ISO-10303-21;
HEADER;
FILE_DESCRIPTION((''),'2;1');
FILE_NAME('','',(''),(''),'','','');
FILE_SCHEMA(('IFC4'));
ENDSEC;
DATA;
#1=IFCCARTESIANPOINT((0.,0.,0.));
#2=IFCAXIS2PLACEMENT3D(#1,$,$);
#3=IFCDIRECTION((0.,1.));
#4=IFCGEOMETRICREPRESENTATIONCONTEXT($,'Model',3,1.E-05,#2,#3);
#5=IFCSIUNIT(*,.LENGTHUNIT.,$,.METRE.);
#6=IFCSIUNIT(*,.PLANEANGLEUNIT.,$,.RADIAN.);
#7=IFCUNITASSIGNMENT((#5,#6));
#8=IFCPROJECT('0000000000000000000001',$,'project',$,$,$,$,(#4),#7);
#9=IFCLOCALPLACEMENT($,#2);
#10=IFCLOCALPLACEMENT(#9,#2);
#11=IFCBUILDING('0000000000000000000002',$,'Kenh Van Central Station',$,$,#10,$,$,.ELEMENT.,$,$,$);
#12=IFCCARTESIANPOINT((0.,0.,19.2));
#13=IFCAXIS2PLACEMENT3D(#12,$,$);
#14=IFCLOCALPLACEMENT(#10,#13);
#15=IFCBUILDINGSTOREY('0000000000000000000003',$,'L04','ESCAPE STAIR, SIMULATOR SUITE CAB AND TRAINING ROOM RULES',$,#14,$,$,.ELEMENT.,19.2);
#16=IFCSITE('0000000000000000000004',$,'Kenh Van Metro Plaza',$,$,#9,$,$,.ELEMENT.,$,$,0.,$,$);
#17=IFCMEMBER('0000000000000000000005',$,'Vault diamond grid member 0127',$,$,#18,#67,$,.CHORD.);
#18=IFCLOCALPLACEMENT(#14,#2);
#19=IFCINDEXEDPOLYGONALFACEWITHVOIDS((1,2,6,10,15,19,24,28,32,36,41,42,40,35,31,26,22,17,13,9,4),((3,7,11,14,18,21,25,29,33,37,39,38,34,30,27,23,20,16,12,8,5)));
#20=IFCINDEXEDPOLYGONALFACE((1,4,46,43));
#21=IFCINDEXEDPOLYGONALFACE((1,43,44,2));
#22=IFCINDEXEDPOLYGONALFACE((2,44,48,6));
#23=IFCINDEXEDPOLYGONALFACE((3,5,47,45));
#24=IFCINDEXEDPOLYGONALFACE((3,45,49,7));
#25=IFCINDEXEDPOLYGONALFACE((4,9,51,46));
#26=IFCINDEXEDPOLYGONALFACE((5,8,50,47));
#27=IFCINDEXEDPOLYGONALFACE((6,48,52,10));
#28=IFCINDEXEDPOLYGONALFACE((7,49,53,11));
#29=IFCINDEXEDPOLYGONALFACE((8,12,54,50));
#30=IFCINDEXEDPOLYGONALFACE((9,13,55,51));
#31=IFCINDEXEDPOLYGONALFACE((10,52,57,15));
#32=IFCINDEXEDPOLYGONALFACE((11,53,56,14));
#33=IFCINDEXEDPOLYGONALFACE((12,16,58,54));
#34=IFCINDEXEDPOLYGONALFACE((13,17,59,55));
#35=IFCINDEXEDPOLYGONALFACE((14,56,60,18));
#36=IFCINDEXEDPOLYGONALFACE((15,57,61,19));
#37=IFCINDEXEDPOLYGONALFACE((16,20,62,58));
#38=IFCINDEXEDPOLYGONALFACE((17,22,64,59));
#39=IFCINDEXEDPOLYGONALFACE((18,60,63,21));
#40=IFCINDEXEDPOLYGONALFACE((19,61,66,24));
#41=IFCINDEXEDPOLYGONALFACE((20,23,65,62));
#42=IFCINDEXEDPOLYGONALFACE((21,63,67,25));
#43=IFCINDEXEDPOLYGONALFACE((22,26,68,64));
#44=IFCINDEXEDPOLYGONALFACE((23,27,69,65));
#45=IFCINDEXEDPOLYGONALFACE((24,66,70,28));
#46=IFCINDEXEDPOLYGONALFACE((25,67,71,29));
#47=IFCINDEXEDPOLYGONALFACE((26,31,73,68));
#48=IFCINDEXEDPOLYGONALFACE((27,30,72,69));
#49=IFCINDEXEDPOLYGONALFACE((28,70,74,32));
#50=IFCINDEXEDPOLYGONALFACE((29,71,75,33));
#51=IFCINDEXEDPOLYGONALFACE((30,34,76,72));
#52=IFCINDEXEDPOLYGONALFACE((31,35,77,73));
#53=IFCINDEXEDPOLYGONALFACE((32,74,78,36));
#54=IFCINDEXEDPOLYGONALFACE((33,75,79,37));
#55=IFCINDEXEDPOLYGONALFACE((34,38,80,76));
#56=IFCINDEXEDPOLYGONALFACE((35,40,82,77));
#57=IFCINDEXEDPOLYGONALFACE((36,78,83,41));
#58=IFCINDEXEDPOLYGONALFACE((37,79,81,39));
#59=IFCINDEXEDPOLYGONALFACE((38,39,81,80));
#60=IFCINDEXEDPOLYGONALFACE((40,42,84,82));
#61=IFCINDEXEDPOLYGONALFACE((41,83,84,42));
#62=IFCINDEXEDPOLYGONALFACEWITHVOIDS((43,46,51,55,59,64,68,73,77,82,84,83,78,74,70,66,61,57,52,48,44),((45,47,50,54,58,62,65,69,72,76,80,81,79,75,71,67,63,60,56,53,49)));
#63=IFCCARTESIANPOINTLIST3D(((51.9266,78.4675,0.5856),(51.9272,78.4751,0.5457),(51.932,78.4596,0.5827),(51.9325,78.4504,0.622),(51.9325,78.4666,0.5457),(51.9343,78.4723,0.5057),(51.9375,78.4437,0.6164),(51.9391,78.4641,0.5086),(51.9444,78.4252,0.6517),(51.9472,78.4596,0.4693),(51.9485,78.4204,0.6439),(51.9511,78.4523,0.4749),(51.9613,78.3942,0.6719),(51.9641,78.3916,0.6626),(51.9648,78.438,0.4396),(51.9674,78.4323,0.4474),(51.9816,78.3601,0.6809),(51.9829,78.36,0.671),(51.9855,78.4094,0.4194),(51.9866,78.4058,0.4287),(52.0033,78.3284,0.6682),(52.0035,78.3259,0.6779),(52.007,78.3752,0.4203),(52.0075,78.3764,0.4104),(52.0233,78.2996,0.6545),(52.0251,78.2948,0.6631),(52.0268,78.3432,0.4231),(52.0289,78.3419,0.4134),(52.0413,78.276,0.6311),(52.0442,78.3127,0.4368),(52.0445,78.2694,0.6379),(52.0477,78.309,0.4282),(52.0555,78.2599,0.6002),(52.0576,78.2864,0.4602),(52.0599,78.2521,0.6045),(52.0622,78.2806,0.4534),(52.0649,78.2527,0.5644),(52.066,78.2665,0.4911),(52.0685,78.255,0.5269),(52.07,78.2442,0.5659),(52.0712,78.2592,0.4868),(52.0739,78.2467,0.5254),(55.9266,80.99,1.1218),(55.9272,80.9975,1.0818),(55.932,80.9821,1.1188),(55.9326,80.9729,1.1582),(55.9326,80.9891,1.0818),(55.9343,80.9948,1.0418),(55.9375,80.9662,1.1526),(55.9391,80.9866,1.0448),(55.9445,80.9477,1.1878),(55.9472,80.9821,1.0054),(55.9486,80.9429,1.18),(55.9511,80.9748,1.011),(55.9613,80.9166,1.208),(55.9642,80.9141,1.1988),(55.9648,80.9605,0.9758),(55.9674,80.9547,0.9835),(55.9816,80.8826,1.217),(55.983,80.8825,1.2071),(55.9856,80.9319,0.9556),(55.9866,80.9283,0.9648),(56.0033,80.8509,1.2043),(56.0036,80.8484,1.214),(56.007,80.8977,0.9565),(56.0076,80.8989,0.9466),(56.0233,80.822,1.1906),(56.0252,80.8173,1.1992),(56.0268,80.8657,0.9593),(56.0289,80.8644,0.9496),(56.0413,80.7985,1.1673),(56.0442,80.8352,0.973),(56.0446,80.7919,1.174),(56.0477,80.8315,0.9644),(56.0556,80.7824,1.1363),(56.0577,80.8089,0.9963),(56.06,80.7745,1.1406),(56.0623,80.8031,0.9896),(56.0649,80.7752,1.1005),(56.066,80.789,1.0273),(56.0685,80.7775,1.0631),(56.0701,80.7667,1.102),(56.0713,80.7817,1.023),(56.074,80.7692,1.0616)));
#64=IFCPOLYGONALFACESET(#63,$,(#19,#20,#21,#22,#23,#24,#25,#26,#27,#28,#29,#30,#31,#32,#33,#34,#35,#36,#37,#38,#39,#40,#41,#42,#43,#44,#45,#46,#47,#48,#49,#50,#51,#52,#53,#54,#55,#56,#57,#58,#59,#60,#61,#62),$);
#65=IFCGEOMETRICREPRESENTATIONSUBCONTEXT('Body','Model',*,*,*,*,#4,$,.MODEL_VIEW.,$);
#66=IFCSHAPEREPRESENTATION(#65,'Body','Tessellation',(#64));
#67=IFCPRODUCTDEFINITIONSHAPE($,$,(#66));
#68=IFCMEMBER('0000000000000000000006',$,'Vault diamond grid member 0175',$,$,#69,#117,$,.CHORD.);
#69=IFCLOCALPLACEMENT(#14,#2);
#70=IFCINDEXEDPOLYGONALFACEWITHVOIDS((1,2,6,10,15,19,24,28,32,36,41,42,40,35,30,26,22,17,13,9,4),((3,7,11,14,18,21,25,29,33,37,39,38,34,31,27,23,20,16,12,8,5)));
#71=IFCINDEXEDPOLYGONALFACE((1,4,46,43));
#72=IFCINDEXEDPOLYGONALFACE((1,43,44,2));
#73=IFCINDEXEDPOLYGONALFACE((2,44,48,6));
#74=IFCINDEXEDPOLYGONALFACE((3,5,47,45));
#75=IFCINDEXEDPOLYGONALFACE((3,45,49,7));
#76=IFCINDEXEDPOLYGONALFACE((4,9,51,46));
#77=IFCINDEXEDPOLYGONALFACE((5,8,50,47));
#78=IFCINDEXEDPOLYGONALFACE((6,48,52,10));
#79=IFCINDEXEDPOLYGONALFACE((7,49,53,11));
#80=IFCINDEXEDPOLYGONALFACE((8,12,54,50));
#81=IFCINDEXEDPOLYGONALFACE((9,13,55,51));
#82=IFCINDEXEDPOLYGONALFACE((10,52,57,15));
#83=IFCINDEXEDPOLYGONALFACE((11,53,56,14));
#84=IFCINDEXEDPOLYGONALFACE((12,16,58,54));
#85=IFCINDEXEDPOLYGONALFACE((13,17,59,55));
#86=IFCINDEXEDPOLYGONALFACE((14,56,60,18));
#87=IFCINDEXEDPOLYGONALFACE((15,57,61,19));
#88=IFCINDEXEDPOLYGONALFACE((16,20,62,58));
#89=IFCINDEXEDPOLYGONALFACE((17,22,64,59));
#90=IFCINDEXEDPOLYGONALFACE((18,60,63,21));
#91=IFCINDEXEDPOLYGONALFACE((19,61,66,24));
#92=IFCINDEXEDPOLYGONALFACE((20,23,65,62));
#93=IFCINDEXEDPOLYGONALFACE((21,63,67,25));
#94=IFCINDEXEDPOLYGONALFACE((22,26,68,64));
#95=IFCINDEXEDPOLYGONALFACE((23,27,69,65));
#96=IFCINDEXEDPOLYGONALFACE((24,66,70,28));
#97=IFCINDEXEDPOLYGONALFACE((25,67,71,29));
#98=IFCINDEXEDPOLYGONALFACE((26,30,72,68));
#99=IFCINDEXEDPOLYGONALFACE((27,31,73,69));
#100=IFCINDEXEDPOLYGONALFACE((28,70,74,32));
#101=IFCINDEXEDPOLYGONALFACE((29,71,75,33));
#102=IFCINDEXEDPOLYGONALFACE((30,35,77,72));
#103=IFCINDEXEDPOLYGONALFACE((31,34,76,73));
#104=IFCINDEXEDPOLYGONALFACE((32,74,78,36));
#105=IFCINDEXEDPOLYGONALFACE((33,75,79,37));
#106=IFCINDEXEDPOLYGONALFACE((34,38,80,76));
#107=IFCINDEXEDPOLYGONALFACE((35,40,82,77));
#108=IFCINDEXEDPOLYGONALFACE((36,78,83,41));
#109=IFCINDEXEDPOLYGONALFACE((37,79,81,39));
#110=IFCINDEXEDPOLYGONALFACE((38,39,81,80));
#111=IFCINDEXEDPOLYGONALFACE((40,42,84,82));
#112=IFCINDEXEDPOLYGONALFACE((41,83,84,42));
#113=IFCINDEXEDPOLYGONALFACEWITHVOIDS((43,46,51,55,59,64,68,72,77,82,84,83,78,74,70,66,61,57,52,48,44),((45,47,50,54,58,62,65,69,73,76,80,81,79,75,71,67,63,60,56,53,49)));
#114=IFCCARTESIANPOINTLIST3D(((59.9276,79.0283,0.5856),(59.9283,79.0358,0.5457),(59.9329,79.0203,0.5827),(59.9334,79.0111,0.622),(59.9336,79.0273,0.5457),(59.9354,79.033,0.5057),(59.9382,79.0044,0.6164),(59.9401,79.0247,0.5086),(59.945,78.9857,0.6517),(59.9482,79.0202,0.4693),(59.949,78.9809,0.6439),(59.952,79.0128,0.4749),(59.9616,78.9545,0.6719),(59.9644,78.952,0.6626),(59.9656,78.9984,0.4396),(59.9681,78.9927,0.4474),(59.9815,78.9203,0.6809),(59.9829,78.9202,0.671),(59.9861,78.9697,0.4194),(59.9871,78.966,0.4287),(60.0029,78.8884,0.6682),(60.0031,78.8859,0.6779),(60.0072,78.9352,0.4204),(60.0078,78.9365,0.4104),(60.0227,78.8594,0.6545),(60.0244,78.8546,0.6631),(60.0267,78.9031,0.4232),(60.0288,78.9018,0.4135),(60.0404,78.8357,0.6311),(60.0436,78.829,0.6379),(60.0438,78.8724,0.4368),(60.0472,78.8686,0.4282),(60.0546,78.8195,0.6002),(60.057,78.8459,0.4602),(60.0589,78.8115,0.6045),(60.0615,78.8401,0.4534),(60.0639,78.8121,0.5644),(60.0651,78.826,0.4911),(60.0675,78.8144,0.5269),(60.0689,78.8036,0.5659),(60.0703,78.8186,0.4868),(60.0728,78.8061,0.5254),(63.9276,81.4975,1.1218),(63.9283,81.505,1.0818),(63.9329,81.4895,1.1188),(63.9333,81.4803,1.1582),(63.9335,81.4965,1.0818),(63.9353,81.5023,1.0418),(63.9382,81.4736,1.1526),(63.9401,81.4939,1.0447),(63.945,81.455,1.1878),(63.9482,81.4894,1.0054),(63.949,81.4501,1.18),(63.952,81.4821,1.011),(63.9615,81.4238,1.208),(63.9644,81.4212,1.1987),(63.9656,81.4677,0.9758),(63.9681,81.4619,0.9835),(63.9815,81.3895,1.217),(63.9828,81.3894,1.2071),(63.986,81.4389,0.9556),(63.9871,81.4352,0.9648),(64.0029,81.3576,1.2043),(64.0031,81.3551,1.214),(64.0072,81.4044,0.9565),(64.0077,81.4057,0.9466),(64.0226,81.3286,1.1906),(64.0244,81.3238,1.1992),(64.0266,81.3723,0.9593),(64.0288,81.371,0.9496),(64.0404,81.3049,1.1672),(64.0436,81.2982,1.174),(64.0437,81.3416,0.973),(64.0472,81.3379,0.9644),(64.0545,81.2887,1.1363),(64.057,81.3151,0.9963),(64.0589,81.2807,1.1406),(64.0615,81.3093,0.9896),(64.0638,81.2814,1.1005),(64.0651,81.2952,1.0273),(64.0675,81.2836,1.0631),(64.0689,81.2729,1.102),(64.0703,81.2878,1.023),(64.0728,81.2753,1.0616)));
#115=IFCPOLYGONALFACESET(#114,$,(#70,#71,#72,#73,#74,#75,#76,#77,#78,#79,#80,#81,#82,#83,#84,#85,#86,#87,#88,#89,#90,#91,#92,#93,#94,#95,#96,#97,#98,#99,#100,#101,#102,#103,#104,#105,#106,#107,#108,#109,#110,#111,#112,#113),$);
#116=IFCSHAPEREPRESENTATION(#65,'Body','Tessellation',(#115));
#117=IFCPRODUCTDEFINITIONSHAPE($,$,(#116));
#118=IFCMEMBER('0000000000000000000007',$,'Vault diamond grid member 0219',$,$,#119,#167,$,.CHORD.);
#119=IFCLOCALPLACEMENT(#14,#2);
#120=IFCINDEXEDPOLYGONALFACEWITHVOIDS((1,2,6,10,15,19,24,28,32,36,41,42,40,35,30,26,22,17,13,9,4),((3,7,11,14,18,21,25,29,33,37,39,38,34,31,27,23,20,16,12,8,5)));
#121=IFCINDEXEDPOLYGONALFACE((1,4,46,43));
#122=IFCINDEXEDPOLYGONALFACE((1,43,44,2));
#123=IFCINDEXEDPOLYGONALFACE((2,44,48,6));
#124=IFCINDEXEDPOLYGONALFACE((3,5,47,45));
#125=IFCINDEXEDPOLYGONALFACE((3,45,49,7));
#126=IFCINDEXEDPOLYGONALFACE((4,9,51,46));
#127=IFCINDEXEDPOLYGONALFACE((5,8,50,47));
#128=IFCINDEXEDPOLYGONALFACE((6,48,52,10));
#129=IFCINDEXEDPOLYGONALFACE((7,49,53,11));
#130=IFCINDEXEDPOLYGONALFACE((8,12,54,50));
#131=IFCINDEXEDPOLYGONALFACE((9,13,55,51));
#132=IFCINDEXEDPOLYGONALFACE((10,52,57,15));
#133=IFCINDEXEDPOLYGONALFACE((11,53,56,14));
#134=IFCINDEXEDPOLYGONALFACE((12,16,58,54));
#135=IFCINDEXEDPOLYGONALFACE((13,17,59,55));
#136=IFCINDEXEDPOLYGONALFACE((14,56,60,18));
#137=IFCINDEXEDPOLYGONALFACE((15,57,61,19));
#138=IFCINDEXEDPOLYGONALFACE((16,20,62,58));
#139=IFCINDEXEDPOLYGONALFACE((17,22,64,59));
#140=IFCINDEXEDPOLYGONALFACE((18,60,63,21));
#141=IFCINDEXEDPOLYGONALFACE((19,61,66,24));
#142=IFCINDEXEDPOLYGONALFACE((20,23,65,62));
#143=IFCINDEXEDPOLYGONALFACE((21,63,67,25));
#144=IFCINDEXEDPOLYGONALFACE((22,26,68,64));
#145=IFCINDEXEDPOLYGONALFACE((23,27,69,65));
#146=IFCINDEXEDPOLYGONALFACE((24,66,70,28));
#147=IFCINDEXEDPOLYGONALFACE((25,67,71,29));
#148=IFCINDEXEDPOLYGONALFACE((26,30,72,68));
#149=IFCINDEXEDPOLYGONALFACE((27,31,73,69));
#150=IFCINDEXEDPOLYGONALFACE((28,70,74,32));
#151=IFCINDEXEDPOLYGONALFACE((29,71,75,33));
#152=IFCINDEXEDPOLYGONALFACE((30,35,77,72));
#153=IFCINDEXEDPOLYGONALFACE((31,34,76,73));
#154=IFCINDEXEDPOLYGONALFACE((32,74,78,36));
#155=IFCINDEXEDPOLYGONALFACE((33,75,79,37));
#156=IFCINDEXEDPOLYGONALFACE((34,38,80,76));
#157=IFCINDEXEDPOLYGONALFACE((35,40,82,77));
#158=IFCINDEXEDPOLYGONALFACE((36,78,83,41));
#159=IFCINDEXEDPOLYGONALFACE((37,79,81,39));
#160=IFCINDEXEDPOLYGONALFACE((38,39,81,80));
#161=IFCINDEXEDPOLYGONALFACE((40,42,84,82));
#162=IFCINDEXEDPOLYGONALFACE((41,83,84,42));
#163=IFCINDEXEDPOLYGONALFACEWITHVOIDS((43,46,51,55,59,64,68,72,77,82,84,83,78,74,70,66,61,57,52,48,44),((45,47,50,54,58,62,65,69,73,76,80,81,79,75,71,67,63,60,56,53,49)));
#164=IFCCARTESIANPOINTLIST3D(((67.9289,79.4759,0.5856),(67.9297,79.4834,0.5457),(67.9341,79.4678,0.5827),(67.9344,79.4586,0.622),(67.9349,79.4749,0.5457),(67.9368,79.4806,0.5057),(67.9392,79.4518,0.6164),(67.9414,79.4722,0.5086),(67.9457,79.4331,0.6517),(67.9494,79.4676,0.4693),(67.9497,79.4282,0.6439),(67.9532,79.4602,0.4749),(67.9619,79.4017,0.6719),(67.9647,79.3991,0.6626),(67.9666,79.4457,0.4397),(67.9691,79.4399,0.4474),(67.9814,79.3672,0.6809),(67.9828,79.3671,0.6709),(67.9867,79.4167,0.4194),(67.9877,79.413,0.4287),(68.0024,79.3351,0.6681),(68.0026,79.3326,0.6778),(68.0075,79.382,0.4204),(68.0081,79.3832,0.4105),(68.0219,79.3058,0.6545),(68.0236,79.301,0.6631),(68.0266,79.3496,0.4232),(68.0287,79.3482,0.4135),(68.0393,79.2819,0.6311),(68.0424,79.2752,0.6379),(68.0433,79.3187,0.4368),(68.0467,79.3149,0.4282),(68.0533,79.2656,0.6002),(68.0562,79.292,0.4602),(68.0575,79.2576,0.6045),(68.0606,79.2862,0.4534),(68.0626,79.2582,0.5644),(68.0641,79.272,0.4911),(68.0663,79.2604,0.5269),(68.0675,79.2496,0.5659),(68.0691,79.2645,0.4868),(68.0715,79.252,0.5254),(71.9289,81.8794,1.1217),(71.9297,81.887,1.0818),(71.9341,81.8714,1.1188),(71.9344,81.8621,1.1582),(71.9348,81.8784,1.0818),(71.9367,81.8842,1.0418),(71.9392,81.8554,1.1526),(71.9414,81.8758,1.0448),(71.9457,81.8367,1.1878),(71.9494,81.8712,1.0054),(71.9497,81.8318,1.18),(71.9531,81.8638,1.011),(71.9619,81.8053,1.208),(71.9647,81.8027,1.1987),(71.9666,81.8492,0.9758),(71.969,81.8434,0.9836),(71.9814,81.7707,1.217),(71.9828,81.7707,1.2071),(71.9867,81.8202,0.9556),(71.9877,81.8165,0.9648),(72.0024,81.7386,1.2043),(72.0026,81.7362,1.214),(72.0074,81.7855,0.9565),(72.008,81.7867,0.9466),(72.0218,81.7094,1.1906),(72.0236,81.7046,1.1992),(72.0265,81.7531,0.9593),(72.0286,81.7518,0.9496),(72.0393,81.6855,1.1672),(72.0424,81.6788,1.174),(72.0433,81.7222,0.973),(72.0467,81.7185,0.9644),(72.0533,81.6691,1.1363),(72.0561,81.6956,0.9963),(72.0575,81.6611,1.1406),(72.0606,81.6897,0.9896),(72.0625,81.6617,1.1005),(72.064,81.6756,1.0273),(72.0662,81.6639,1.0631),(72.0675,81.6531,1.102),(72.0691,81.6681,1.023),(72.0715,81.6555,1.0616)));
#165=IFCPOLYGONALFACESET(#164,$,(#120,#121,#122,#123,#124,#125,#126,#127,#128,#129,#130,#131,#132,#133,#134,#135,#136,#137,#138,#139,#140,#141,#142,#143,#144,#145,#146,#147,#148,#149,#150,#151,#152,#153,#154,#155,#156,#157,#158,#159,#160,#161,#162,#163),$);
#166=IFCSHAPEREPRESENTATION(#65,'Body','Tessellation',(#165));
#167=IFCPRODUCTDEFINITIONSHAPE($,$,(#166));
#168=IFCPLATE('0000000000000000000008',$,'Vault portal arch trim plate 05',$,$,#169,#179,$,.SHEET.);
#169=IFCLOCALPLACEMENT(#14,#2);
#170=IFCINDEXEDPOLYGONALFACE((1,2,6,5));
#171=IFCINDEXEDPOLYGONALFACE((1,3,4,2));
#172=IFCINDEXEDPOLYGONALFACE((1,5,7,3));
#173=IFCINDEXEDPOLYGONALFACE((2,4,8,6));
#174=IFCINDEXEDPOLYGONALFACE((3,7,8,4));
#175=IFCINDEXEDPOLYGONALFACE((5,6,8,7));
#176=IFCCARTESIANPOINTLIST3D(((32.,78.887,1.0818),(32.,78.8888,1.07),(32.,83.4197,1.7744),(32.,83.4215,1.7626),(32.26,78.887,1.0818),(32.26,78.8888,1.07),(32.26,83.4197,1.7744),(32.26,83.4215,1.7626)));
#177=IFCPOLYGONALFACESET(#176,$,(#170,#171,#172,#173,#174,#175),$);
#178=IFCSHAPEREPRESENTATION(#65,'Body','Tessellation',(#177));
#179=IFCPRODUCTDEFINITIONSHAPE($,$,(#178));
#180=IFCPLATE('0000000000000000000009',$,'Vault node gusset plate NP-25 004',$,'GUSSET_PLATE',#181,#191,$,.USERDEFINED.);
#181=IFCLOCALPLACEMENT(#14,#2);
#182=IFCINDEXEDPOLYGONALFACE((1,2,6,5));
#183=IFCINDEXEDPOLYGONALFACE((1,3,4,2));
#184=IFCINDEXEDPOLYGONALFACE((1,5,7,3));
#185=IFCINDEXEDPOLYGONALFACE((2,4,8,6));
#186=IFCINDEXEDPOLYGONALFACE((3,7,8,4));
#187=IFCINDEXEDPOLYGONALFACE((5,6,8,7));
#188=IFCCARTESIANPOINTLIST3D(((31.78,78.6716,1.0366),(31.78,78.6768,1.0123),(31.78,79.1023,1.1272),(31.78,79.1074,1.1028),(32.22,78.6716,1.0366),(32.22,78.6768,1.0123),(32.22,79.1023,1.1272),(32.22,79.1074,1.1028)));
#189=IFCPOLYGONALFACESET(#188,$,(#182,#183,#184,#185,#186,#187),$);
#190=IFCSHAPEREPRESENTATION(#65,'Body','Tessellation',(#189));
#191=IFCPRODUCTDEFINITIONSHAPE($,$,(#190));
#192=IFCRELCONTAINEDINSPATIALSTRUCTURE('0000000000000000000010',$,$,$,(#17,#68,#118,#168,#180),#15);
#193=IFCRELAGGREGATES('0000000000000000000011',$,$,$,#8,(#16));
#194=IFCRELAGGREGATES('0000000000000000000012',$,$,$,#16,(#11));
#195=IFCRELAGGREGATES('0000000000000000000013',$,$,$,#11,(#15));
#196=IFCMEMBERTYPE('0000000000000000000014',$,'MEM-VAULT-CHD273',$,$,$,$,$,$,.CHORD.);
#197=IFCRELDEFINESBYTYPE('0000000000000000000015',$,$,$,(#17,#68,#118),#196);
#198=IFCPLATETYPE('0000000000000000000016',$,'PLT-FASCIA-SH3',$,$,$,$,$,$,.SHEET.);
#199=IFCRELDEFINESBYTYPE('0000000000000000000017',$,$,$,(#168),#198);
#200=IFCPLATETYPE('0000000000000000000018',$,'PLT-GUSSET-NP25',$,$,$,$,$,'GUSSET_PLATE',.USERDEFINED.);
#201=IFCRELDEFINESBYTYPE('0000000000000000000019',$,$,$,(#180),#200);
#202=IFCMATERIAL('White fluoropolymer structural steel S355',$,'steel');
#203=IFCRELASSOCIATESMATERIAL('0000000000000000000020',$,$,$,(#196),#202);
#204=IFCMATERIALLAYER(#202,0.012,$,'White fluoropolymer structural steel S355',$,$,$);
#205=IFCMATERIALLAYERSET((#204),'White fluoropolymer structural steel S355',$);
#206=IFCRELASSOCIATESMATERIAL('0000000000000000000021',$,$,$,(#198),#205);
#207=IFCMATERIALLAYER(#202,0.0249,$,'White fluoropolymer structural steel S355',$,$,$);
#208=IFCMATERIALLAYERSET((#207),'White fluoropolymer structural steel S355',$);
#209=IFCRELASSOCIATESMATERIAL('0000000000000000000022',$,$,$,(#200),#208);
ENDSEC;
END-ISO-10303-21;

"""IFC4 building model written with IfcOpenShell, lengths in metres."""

from ifc_helpers import new_model, si_unit, direction, frame, origin, origin_2d, place, context, subcontext, project, spatial, polyline, hollow_circle, outline, extrude, material, layer, layer_set, material_profile, profile_set, type_object, element, save


model = new_model("IFC4")

# Units and contexts
model_context = context("Model", 3, precision=1e-05, world=origin(), true_north=direction((0.0, 1.0)))
body_context = subcontext(model_context, "Body", "Model", "MODEL_VIEW")
ifc_project = project(units=[si_unit("LENGTHUNIT", "METRE"), si_unit("PLANEANGLEUNIT", "RADIAN")], contexts=[model_context])

# Site, building, storey
site_placement = place(None, origin())
site = spatial("IfcSite", under=ifc_project, at=site_placement, Name="Kenh Van Metro Plaza", CompositionType="ELEMENT", RefElevation=0.0)
building_placement = place(site_placement, origin())
building = spatial("IfcBuilding", under=site, at=building_placement, Name="Kenh Van Central Station", CompositionType="ELEMENT")
storey_placement = place(building_placement, frame((0.0, 0.0, 19.2)))
storey = spatial("IfcBuildingStorey", under=building, at=storey_placement, Name="L04", Description="ESCAPE STAIR, SIMULATOR SUITE CAB AND TRAINING ROOM RULES", CompositionType="ELEMENT", Elevation=19.2)

# Shared definitions
ifc_material_1 = material(Name="White fluoropolymer structural steel S355", Category="steel")

# Members
ifc_material_profile_1 = material_profile(ifc_material_1, hollow_circle(Radius=0.1365, WallThickness=0.01, at=origin_2d()), Name="CHS 273x10")
ifc_profile_set_1 = profile_set([ifc_material_profile_1], Name="White fluoropolymer structural steel S355")
member_type_1 = type_object("IfcMemberType", Name="MEM-VAULT-CHD273", PredefinedType="CHORD", material=ifc_profile_set_1)
member_1_placement = place(storey_placement, frame((52.0, 78.3596, 0.5457), z_axis=(0.840473, 0.530015, 0.112651), x_axis=(-0.53341, 0.845857, 0.0)))
element("IfcMember", 1, at=member_1_placement, inside=storey, type_object=member_type_1, Name="Vault diamond grid member 0127", PredefinedType="CHORD", context=body_context, shape_type="SweptSolid", body=[
    extrude(hollow_circle(Radius=0.1365, WallThickness=0.01, at=origin_2d()), origin(), (0.0, 0.0, 1.0), 4.7593),
])
member_2_placement = place(storey_placement, frame((60.0, 78.9197, 0.5457), z_axis=(0.845445, 0.521902, 0.113318), x_axis=(-0.525285, 0.850926, 0.0)))
element("IfcMember", 2, at=member_2_placement, inside=storey, type_object=member_type_1, Name="Vault diamond grid member 0175", PredefinedType="CHORD", context=body_context, shape_type="SweptSolid", body=[
    extrude(hollow_circle(Radius=0.1365, WallThickness=0.01, at=origin_2d()), origin(), (0.0, 0.0, 1.0), 4.7312),
])
member_3_placement = place(storey_placement, frame((68.0, 79.3665, 0.5457), z_axis=(0.851554, 0.511691, 0.114137), x_axis=(-0.515057, 0.857156, 0.0)))
element("IfcMember", 3, at=member_3_placement, inside=storey, type_object=member_type_1, Name="Vault diamond grid member 0219", PredefinedType="CHORD", context=body_context, shape_type="SweptSolid", body=[
    extrude(hollow_circle(Radius=0.1365, WallThickness=0.01, at=origin_2d()), origin(), (0.0, 0.0, 1.0), 4.6973),
])

# Plates
ifc_layer_1 = layer(ifc_material_1, 0.012, Name="White fluoropolymer structural steel S355")
ifc_layer_set_1 = layer_set([ifc_layer_1], Name="White fluoropolymer structural steel S355")
plate_type_1 = type_object("IfcPlateType", Name="PLT-FASCIA-SH3", PredefinedType="SHEET", material=ifc_layer_set_1)
plate_1_placement = place(storey_placement, frame((32.0, 78.887, 1.0818), z_axis=(0.0, -0.151053, 0.988526), x_axis=(1.0, 0.0, 0.0)))
element("IfcPlate", 4, at=plate_1_placement, inside=storey, type_object=plate_type_1, Name="Vault portal arch trim plate 05", PredefinedType="SHEET", context=body_context, shape_type="SweptSolid", body=[
    extrude(outline(polyline([(0.0, 0.0), (0.26, 0.0), (0.26, 4.5853), (0.0, 4.5853), (0.0, 0.0)])), origin(), (0.0, 0.0, -1.0), 0.012),
])
ifc_layer_2 = layer(ifc_material_1, 0.0249, Name="White fluoropolymer structural steel S355")
ifc_layer_set_2 = layer_set([ifc_layer_2], Name="White fluoropolymer structural steel S355")
plate_type_2 = type_object("IfcPlateType", Name="PLT-GUSSET-NP25", ElementType="GUSSET_PLATE", PredefinedType="USERDEFINED", material=ifc_layer_set_2)
for number, where, z_axis, x_axis, name in (
    (5, (31.78, 78.6716, 1.0366), (0.0, -0.205815, 0.978591), (1.0, 0.0, 0.0), "Vault node gusset plate NP-25 004"),
):
    element("IfcPlate", number, at=place(storey_placement, frame(where, z_axis=z_axis, x_axis=x_axis)), inside=storey, type_object=plate_type_2, Name=name, ObjectType="GUSSET_PLATE", PredefinedType="USERDEFINED", context=body_context, shape_type="SweptSolid", body=[
        extrude(outline(polyline([(0.0, 0.0), (0.4399, 0.0), (0.4399, 0.4401), (0.0, 0.4401), (0.0, 0.0)])), origin(), (0.0, 0.0, -1.0), 0.0249),
    ])

save(model, "model.ifc")
